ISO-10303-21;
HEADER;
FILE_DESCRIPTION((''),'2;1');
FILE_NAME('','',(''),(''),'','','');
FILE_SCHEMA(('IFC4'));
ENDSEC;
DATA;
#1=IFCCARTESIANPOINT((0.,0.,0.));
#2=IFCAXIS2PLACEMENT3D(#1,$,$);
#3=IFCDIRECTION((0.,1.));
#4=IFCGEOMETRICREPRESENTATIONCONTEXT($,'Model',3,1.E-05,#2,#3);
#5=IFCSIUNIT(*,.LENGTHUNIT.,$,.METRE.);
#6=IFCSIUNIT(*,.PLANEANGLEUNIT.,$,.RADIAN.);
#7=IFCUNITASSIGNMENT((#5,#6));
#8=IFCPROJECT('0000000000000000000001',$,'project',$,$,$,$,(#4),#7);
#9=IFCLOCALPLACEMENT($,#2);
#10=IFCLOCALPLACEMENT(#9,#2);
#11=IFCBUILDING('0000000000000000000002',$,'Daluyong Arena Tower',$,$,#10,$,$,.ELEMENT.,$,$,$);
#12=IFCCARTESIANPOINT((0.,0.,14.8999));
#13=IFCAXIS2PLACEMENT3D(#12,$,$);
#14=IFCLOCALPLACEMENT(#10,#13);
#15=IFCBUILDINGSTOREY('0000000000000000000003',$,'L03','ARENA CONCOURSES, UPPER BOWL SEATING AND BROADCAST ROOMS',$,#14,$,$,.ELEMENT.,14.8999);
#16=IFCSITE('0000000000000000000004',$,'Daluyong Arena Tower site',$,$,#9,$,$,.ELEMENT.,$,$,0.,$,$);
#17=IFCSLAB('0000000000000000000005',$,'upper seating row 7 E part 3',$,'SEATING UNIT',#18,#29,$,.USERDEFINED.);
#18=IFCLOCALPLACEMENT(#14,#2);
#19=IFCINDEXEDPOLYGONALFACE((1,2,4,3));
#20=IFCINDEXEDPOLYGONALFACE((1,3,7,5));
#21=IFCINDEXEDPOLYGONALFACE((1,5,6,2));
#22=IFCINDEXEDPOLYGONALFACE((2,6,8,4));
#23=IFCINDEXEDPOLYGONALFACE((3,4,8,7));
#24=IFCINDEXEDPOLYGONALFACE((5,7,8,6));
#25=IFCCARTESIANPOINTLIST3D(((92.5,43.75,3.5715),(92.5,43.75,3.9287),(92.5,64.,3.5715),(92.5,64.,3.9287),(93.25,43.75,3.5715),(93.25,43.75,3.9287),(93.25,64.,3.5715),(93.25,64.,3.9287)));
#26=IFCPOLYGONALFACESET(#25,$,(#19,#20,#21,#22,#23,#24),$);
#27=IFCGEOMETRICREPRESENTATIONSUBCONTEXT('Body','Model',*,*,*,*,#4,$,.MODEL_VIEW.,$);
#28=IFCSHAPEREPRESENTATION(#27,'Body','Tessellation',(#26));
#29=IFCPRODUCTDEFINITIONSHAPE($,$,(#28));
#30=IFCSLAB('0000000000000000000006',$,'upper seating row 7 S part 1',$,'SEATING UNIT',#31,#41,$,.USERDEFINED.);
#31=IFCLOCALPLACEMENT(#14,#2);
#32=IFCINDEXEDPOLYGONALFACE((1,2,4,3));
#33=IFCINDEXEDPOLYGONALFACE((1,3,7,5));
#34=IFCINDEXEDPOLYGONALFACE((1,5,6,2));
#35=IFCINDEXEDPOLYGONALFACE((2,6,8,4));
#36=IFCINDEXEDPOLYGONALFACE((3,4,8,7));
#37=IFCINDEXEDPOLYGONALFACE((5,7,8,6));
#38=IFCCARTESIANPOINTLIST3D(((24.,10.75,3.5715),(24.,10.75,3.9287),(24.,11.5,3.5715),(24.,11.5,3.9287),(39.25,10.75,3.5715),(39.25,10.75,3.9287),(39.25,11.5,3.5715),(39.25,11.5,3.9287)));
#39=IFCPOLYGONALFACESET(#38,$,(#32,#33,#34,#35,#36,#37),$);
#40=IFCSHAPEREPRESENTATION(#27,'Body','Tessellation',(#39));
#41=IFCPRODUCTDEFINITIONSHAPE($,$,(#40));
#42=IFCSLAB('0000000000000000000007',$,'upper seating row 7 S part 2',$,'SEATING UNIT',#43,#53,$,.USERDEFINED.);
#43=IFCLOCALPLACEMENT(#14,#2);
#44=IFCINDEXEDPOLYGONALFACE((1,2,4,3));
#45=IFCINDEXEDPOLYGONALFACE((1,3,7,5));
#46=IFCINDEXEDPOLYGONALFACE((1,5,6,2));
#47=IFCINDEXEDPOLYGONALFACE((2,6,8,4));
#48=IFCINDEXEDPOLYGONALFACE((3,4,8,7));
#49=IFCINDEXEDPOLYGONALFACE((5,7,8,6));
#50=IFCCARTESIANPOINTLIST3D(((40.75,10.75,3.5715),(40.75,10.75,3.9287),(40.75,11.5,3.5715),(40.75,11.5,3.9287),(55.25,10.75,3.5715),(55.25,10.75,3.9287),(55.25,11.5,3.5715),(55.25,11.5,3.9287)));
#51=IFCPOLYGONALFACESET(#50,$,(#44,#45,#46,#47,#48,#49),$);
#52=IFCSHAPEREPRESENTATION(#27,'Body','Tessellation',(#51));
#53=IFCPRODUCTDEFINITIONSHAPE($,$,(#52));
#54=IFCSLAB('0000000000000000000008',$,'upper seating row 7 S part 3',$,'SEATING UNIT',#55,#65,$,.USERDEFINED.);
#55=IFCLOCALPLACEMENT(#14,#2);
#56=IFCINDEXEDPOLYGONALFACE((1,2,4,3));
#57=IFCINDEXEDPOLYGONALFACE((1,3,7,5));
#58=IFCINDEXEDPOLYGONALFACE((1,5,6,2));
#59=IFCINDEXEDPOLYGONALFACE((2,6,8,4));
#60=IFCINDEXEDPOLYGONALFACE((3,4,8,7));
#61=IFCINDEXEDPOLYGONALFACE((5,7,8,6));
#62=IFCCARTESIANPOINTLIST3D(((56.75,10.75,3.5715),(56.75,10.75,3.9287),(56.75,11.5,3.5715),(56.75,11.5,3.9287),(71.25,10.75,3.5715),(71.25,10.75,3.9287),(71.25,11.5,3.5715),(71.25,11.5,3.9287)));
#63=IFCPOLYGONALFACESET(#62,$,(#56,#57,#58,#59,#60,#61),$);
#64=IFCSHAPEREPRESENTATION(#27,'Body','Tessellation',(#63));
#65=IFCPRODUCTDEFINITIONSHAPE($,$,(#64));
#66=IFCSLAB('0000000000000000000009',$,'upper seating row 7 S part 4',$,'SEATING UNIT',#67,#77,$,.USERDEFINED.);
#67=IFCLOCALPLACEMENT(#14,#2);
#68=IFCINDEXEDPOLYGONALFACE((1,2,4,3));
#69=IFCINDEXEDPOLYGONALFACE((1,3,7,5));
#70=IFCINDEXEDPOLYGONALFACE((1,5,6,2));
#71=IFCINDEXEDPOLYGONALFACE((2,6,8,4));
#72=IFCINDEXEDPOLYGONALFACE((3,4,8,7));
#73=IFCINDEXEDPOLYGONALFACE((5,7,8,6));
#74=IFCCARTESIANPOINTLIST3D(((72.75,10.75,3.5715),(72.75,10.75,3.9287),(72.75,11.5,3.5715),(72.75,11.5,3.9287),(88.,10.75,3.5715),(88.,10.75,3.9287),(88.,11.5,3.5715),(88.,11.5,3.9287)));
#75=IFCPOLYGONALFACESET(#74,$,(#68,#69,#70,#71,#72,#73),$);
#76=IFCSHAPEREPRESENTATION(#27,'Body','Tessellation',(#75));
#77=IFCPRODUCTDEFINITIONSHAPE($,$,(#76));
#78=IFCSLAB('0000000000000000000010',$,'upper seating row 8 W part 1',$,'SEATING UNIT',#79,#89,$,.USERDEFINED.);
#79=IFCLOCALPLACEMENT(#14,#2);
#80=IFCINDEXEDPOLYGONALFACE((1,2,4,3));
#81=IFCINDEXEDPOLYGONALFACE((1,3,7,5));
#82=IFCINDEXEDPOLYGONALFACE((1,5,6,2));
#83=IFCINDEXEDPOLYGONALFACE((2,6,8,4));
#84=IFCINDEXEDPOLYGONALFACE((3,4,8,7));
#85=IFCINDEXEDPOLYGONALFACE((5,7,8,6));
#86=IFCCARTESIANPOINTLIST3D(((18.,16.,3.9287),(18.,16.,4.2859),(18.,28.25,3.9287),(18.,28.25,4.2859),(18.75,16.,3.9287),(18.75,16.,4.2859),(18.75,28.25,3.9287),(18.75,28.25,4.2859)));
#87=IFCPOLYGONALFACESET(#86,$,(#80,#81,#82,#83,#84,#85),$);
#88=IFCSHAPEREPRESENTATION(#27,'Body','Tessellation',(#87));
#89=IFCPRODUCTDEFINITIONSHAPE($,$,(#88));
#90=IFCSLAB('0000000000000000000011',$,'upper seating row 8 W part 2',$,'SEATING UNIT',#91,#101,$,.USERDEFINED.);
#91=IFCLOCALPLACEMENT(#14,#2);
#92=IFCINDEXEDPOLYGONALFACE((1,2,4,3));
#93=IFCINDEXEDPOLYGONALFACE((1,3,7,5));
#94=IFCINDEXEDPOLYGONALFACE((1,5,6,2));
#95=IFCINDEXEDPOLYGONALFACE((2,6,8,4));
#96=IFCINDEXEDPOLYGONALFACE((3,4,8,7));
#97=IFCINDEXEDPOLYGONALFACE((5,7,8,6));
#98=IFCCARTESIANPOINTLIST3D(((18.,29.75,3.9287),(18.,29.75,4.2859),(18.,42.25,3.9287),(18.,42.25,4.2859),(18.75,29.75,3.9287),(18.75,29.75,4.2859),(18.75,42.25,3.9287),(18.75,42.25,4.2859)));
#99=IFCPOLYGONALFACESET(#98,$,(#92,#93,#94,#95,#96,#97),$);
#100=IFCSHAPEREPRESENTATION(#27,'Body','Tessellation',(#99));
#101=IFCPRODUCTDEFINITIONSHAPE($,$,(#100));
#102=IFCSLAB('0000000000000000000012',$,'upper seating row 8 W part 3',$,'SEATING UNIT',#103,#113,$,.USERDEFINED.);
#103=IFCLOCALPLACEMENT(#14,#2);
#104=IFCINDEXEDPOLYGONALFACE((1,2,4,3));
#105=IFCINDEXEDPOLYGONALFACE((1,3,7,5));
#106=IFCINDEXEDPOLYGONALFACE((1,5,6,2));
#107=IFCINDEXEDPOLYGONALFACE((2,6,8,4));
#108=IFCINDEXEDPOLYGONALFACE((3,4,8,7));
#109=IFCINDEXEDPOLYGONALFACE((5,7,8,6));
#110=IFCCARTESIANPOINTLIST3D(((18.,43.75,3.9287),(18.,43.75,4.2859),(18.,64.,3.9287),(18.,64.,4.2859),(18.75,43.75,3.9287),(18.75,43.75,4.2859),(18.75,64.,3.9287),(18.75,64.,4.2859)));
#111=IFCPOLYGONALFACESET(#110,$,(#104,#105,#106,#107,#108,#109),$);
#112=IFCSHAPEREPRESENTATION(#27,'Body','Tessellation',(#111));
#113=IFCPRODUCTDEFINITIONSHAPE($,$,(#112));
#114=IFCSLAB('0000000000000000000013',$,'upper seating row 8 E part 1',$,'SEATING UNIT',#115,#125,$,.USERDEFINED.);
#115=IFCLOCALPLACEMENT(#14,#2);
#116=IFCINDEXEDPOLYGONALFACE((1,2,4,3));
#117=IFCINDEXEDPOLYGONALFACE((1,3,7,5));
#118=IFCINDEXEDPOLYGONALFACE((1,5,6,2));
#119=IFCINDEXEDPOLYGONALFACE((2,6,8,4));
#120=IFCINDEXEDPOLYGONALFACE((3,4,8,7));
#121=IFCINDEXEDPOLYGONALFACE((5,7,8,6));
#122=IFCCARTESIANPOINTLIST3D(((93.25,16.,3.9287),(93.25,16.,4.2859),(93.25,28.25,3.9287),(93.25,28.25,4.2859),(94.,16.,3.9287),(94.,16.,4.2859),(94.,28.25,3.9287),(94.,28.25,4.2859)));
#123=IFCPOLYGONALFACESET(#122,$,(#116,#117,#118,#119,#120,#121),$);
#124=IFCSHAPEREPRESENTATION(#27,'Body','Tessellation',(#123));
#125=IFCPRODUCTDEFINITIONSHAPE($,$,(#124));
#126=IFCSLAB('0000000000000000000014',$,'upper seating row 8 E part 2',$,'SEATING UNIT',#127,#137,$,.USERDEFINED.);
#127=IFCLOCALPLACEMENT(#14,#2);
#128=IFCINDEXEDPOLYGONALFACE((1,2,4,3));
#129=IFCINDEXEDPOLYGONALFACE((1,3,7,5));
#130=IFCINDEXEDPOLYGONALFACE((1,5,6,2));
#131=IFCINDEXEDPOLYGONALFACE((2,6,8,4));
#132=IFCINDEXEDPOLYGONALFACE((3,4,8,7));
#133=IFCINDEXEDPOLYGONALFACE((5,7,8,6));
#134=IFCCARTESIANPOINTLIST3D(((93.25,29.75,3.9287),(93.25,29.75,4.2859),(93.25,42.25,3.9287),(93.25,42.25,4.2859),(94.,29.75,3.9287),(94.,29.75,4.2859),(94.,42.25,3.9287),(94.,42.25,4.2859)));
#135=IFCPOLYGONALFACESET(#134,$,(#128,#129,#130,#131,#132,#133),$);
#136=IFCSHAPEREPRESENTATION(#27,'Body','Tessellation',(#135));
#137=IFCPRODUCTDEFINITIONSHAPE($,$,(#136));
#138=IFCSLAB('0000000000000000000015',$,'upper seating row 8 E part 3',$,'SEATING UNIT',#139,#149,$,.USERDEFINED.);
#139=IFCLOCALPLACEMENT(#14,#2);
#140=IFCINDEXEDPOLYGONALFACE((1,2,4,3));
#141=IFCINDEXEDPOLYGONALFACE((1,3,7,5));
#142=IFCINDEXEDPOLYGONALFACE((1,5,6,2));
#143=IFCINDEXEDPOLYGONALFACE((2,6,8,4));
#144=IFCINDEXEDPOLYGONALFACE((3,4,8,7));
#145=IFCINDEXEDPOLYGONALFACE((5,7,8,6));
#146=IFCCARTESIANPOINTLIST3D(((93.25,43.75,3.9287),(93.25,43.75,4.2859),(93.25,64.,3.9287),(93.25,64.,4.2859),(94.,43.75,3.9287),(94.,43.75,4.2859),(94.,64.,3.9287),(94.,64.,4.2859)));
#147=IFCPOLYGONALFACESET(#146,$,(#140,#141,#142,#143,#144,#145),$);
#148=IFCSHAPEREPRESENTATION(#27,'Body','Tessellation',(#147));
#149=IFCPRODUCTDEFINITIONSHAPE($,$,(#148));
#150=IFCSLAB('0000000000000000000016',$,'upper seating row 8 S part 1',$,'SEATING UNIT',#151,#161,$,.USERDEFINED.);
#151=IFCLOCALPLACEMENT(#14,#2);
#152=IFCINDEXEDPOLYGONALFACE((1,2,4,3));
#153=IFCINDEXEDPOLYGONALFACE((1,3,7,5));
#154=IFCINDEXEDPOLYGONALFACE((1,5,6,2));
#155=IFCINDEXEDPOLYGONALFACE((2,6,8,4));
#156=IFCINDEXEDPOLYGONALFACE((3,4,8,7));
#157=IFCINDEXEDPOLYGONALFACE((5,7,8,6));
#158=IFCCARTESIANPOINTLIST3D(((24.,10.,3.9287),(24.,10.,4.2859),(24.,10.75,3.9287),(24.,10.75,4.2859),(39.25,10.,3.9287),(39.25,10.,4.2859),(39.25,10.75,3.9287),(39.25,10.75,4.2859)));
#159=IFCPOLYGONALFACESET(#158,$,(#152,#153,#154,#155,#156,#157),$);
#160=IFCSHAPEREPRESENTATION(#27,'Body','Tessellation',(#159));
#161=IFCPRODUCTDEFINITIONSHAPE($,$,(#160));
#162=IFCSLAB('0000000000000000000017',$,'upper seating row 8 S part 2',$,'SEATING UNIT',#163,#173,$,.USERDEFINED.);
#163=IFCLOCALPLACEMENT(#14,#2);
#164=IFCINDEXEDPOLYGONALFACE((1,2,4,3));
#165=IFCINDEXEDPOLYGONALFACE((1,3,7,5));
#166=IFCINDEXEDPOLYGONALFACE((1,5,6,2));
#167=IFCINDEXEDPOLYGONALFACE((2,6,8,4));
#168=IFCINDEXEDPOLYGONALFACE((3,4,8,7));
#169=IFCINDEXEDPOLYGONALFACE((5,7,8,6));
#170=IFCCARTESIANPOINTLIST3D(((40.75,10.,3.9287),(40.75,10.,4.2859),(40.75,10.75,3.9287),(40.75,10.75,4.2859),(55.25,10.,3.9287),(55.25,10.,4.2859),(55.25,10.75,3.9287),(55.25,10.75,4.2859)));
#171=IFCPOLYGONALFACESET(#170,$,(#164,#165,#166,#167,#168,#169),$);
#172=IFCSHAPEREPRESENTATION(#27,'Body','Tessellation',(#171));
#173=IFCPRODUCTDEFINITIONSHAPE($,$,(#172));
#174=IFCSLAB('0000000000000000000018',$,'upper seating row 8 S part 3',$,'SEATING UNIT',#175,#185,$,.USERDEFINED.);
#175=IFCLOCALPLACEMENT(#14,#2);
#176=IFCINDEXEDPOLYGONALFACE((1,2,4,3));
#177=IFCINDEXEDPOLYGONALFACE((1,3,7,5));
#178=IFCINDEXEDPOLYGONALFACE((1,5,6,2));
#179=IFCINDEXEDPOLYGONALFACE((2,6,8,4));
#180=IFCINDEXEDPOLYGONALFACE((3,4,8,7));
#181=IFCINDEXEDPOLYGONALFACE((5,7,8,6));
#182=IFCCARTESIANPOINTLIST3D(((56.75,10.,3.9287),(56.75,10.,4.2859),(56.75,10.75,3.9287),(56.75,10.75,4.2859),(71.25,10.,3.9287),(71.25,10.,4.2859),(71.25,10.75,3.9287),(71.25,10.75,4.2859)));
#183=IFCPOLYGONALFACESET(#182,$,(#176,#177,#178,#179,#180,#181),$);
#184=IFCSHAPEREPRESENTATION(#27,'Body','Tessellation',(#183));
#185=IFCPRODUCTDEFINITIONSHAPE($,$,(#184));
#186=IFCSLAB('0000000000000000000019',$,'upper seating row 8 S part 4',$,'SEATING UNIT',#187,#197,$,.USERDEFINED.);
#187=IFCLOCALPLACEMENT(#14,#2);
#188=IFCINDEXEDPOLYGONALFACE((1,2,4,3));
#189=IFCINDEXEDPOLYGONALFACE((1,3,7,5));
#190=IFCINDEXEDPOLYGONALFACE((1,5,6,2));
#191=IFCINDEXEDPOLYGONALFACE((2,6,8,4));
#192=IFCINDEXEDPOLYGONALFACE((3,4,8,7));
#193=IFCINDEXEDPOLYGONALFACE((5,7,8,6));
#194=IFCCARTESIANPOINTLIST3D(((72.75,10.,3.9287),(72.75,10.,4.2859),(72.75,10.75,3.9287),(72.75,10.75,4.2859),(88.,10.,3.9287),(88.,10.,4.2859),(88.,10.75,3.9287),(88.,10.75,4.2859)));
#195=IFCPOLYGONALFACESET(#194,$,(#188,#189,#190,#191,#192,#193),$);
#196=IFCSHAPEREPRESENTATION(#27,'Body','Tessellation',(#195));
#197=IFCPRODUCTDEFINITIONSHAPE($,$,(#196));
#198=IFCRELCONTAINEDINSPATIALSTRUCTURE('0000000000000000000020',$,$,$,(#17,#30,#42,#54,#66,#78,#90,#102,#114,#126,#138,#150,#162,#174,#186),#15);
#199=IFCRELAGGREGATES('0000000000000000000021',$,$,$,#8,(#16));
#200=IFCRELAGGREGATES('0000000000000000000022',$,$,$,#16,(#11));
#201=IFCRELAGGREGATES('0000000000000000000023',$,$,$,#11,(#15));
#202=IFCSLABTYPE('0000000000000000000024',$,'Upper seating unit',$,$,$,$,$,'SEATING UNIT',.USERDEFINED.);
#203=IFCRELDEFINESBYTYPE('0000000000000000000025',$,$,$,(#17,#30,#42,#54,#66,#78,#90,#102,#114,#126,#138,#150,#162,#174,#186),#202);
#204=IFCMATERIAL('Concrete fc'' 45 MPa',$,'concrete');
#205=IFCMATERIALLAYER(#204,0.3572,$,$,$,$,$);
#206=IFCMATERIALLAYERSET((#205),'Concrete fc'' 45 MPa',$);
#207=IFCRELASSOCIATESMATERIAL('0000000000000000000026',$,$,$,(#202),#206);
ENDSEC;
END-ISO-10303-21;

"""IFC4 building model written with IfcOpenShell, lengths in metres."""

from ifc_helpers import new_model, si_unit, direction, frame, origin, place, context, subcontext, project, spatial, polyline, outline, extrude, material, layer, layer_set, type_object, element, save


model = new_model("IFC4")

# Units and contexts
model_context = context("Model", 3, precision=1e-05, world=origin(), true_north=direction((0.0, 1.0)))
body_context = subcontext(model_context, "Body", "Model", "MODEL_VIEW")
ifc_project = project(units=[si_unit("LENGTHUNIT", "METRE"), si_unit("PLANEANGLEUNIT", "RADIAN")], contexts=[model_context])

# Site, building, storey
site_placement = place(None, origin())
site = spatial("IfcSite", under=ifc_project, at=site_placement, Name="Daluyong Arena Tower site", CompositionType="ELEMENT", RefElevation=0.0)
building_placement = place(site_placement, origin())
building = spatial("IfcBuilding", under=site, at=building_placement, Name="Daluyong Arena Tower", CompositionType="ELEMENT")
storey_placement = place(building_placement, frame((0.0, 0.0, 14.8999)))
storey = spatial("IfcBuildingStorey", under=building, at=storey_placement, Name="L03", Description="ARENA CONCOURSES, UPPER BOWL SEATING AND BROADCAST ROOMS", CompositionType="ELEMENT", Elevation=14.8999)

# Slabs
ifc_material = material(Name="Concrete fc' 45 MPa", Category="concrete")
ifc_layer = layer(ifc_material, 0.3572)
ifc_layer_set = layer_set([ifc_layer], Name="Concrete fc' 45 MPa")
slab_type = type_object("IfcSlabType", Name="Upper seating unit", ElementType="SEATING UNIT", PredefinedType="USERDEFINED", material=ifc_layer_set)
slab_1_placement = place(storey_placement, frame((0.0, 0.0, 3.5715)))
element("IfcSlab", 1, at=slab_1_placement, inside=storey, type_object=slab_type, Name="upper seating row 7 E part 3", ObjectType="SEATING UNIT", PredefinedType="USERDEFINED", context=body_context, shape_type="SweptSolid", body=[
    extrude(outline(polyline([(92.5, 64.0), (92.5, 43.75), (93.25, 43.75), (93.25, 64.0), (92.5, 64.0)])), origin(), (0.0, 0.0, 1.0), 0.3572),
])
slab_2_placement = place(storey_placement, frame((0.0, 0.0, 3.5715)))
element("IfcSlab", 2, at=slab_2_placement, inside=storey, type_object=slab_type, Name="upper seating row 7 S part 1", ObjectType="SEATING UNIT", PredefinedType="USERDEFINED", context=body_context, shape_type="SweptSolid", body=[
    extrude(outline(polyline([(24.0, 10.75), (39.25, 10.75), (39.25, 11.5), (24.0, 11.5), (24.0, 10.75)])), origin(), (0.0, 0.0, 1.0), 0.3572),
])
slab_3_placement = place(storey_placement, frame((0.0, 0.0, 3.5715)))
element("IfcSlab", 3, at=slab_3_placement, inside=storey, type_object=slab_type, Name="upper seating row 7 S part 2", ObjectType="SEATING UNIT", PredefinedType="USERDEFINED", context=body_context, shape_type="SweptSolid", body=[
    extrude(outline(polyline([(55.25, 11.5), (40.75, 11.5), (40.75, 10.75), (55.25, 10.75), (55.25, 11.5)])), origin(), (0.0, 0.0, 1.0), 0.3572),
])
slab_4_placement = place(storey_placement, frame((0.0, 0.0, 3.5715)))
element("IfcSlab", 4, at=slab_4_placement, inside=storey, type_object=slab_type, Name="upper seating row 7 S part 3", ObjectType="SEATING UNIT", PredefinedType="USERDEFINED", context=body_context, shape_type="SweptSolid", body=[
    extrude(outline(polyline([(71.25, 11.5), (56.75, 11.5), (56.75, 10.75), (71.25, 10.75), (71.25, 11.5)])), origin(), (0.0, 0.0, 1.0), 0.3572),
])
slab_5_placement = place(storey_placement, frame((0.0, 0.0, 3.5715)))
element("IfcSlab", 5, at=slab_5_placement, inside=storey, type_object=slab_type, Name="upper seating row 7 S part 4", ObjectType="SEATING UNIT", PredefinedType="USERDEFINED", context=body_context, shape_type="SweptSolid", body=[
    extrude(outline(polyline([(88.0, 11.5), (72.75, 11.5), (72.75, 10.75), (88.0, 10.75), (88.0, 11.5)])), origin(), (0.0, 0.0, 1.0), 0.3572),
])
slab_6_placement = place(storey_placement, frame((0.0, 0.0, 3.9287)))
element("IfcSlab", 6, at=slab_6_placement, inside=storey, type_object=slab_type, Name="upper seating row 8 W part 1", ObjectType="SEATING UNIT", PredefinedType="USERDEFINED", context=body_context, shape_type="SweptSolid", body=[
    extrude(outline(polyline([(18.75, 16.0), (18.75, 28.25), (18.0, 28.25), (18.0, 16.0), (18.75, 16.0)])), origin(), (0.0, 0.0, 1.0), 0.3572),
])
slab_7_placement = place(storey_placement, frame((0.0, 0.0, 3.9287)))
element("IfcSlab", 7, at=slab_7_placement, inside=storey, type_object=slab_type, Name="upper seating row 8 W part 2", ObjectType="SEATING UNIT", PredefinedType="USERDEFINED", context=body_context, shape_type="SweptSolid", body=[
    extrude(outline(polyline([(18.75, 29.75), (18.75, 42.25), (18.0, 42.25), (18.0, 29.75), (18.75, 29.75)])), origin(), (0.0, 0.0, 1.0), 0.3572),
])
slab_8_placement = place(storey_placement, frame((0.0, 0.0, 3.9287)))
element("IfcSlab", 8, at=slab_8_placement, inside=storey, type_object=slab_type, Name="upper seating row 8 W part 3", ObjectType="SEATING UNIT", PredefinedType="USERDEFINED", context=body_context, shape_type="SweptSolid", body=[
    extrude(outline(polyline([(18.0, 64.0), (18.0, 43.75), (18.75, 43.75), (18.75, 64.0), (18.0, 64.0)])), origin(), (0.0, 0.0, 1.0), 0.3572),
])
slab_9_placement = place(storey_placement, frame((0.0, 0.0, 3.9287)))
element("IfcSlab", 9, at=slab_9_placement, inside=storey, type_object=slab_type, Name="upper seating row 8 E part 1", ObjectType="SEATING UNIT", PredefinedType="USERDEFINED", context=body_context, shape_type="SweptSolid", body=[
    extrude(outline(polyline([(94.0, 16.0), (94.0, 28.25), (93.25, 28.25), (93.25, 16.0), (94.0, 16.0)])), origin(), (0.0, 0.0, 1.0), 0.3572),
])
slab_10_placement = place(storey_placement, frame((0.0, 0.0, 3.9287)))
element("IfcSlab", 10, at=slab_10_placement, inside=storey, type_object=slab_type, Name="upper seating row 8 E part 2", ObjectType="SEATING UNIT", PredefinedType="USERDEFINED", context=body_context, shape_type="SweptSolid", body=[
    extrude(outline(polyline([(94.0, 29.75), (94.0, 42.25), (93.25, 42.25), (93.25, 29.75), (94.0, 29.75)])), origin(), (0.0, 0.0, 1.0), 0.3572),
])
slab_11_placement = place(storey_placement, frame((0.0, 0.0, 3.9287)))
element("IfcSlab", 11, at=slab_11_placement, inside=storey, type_object=slab_type, Name="upper seating row 8 E part 3", ObjectType="SEATING UNIT", PredefinedType="USERDEFINED", context=body_context, shape_type="SweptSolid", body=[
    extrude(outline(polyline([(93.25, 64.0), (93.25, 43.75), (94.0, 43.75), (94.0, 64.0), (93.25, 64.0)])), origin(), (0.0, 0.0, 1.0), 0.3572),
])
slab_12_placement = place(storey_placement, frame((0.0, 0.0, 3.9287)))
element("IfcSlab", 12, at=slab_12_placement, inside=storey, type_object=slab_type, Name="upper seating row 8 S part 1", ObjectType="SEATING UNIT", PredefinedType="USERDEFINED", context=body_context, shape_type="SweptSolid", body=[
    extrude(outline(polyline([(24.0, 10.0), (39.25, 10.0), (39.25, 10.75), (24.0, 10.75), (24.0, 10.0)])), origin(), (0.0, 0.0, 1.0), 0.3572),
])
slab_13_placement = place(storey_placement, frame((0.0, 0.0, 3.9287)))
element("IfcSlab", 13, at=slab_13_placement, inside=storey, type_object=slab_type, Name="upper seating row 8 S part 2", ObjectType="SEATING UNIT", PredefinedType="USERDEFINED", context=body_context, shape_type="SweptSolid", body=[
    extrude(outline(polyline([(55.25, 10.75), (40.75, 10.75), (40.75, 10.0), (55.25, 10.0), (55.25, 10.75)])), origin(), (0.0, 0.0, 1.0), 0.3572),
])
slab_14_placement = place(storey_placement, frame((0.0, 0.0, 3.9287)))
element("IfcSlab", 14, at=slab_14_placement, inside=storey, type_object=slab_type, Name="upper seating row 8 S part 3", ObjectType="SEATING UNIT", PredefinedType="USERDEFINED", context=body_context, shape_type="SweptSolid", body=[
    extrude(outline(polyline([(71.25, 10.75), (56.75, 10.75), (56.75, 10.0), (71.25, 10.0), (71.25, 10.75)])), origin(), (0.0, 0.0, 1.0), 0.3572),
])
slab_15_placement = place(storey_placement, frame((0.0, 0.0, 3.9287)))
element("IfcSlab", 15, at=slab_15_placement, inside=storey, type_object=slab_type, Name="upper seating row 8 S part 4", ObjectType="SEATING UNIT", PredefinedType="USERDEFINED", context=body_context, shape_type="SweptSolid", body=[
    extrude(outline(polyline([(88.0, 10.75), (72.75, 10.75), (72.75, 10.0), (88.0, 10.0), (88.0, 10.75)])), origin(), (0.0, 0.0, 1.0), 0.3572),
])

save(model, "model.ifc")
